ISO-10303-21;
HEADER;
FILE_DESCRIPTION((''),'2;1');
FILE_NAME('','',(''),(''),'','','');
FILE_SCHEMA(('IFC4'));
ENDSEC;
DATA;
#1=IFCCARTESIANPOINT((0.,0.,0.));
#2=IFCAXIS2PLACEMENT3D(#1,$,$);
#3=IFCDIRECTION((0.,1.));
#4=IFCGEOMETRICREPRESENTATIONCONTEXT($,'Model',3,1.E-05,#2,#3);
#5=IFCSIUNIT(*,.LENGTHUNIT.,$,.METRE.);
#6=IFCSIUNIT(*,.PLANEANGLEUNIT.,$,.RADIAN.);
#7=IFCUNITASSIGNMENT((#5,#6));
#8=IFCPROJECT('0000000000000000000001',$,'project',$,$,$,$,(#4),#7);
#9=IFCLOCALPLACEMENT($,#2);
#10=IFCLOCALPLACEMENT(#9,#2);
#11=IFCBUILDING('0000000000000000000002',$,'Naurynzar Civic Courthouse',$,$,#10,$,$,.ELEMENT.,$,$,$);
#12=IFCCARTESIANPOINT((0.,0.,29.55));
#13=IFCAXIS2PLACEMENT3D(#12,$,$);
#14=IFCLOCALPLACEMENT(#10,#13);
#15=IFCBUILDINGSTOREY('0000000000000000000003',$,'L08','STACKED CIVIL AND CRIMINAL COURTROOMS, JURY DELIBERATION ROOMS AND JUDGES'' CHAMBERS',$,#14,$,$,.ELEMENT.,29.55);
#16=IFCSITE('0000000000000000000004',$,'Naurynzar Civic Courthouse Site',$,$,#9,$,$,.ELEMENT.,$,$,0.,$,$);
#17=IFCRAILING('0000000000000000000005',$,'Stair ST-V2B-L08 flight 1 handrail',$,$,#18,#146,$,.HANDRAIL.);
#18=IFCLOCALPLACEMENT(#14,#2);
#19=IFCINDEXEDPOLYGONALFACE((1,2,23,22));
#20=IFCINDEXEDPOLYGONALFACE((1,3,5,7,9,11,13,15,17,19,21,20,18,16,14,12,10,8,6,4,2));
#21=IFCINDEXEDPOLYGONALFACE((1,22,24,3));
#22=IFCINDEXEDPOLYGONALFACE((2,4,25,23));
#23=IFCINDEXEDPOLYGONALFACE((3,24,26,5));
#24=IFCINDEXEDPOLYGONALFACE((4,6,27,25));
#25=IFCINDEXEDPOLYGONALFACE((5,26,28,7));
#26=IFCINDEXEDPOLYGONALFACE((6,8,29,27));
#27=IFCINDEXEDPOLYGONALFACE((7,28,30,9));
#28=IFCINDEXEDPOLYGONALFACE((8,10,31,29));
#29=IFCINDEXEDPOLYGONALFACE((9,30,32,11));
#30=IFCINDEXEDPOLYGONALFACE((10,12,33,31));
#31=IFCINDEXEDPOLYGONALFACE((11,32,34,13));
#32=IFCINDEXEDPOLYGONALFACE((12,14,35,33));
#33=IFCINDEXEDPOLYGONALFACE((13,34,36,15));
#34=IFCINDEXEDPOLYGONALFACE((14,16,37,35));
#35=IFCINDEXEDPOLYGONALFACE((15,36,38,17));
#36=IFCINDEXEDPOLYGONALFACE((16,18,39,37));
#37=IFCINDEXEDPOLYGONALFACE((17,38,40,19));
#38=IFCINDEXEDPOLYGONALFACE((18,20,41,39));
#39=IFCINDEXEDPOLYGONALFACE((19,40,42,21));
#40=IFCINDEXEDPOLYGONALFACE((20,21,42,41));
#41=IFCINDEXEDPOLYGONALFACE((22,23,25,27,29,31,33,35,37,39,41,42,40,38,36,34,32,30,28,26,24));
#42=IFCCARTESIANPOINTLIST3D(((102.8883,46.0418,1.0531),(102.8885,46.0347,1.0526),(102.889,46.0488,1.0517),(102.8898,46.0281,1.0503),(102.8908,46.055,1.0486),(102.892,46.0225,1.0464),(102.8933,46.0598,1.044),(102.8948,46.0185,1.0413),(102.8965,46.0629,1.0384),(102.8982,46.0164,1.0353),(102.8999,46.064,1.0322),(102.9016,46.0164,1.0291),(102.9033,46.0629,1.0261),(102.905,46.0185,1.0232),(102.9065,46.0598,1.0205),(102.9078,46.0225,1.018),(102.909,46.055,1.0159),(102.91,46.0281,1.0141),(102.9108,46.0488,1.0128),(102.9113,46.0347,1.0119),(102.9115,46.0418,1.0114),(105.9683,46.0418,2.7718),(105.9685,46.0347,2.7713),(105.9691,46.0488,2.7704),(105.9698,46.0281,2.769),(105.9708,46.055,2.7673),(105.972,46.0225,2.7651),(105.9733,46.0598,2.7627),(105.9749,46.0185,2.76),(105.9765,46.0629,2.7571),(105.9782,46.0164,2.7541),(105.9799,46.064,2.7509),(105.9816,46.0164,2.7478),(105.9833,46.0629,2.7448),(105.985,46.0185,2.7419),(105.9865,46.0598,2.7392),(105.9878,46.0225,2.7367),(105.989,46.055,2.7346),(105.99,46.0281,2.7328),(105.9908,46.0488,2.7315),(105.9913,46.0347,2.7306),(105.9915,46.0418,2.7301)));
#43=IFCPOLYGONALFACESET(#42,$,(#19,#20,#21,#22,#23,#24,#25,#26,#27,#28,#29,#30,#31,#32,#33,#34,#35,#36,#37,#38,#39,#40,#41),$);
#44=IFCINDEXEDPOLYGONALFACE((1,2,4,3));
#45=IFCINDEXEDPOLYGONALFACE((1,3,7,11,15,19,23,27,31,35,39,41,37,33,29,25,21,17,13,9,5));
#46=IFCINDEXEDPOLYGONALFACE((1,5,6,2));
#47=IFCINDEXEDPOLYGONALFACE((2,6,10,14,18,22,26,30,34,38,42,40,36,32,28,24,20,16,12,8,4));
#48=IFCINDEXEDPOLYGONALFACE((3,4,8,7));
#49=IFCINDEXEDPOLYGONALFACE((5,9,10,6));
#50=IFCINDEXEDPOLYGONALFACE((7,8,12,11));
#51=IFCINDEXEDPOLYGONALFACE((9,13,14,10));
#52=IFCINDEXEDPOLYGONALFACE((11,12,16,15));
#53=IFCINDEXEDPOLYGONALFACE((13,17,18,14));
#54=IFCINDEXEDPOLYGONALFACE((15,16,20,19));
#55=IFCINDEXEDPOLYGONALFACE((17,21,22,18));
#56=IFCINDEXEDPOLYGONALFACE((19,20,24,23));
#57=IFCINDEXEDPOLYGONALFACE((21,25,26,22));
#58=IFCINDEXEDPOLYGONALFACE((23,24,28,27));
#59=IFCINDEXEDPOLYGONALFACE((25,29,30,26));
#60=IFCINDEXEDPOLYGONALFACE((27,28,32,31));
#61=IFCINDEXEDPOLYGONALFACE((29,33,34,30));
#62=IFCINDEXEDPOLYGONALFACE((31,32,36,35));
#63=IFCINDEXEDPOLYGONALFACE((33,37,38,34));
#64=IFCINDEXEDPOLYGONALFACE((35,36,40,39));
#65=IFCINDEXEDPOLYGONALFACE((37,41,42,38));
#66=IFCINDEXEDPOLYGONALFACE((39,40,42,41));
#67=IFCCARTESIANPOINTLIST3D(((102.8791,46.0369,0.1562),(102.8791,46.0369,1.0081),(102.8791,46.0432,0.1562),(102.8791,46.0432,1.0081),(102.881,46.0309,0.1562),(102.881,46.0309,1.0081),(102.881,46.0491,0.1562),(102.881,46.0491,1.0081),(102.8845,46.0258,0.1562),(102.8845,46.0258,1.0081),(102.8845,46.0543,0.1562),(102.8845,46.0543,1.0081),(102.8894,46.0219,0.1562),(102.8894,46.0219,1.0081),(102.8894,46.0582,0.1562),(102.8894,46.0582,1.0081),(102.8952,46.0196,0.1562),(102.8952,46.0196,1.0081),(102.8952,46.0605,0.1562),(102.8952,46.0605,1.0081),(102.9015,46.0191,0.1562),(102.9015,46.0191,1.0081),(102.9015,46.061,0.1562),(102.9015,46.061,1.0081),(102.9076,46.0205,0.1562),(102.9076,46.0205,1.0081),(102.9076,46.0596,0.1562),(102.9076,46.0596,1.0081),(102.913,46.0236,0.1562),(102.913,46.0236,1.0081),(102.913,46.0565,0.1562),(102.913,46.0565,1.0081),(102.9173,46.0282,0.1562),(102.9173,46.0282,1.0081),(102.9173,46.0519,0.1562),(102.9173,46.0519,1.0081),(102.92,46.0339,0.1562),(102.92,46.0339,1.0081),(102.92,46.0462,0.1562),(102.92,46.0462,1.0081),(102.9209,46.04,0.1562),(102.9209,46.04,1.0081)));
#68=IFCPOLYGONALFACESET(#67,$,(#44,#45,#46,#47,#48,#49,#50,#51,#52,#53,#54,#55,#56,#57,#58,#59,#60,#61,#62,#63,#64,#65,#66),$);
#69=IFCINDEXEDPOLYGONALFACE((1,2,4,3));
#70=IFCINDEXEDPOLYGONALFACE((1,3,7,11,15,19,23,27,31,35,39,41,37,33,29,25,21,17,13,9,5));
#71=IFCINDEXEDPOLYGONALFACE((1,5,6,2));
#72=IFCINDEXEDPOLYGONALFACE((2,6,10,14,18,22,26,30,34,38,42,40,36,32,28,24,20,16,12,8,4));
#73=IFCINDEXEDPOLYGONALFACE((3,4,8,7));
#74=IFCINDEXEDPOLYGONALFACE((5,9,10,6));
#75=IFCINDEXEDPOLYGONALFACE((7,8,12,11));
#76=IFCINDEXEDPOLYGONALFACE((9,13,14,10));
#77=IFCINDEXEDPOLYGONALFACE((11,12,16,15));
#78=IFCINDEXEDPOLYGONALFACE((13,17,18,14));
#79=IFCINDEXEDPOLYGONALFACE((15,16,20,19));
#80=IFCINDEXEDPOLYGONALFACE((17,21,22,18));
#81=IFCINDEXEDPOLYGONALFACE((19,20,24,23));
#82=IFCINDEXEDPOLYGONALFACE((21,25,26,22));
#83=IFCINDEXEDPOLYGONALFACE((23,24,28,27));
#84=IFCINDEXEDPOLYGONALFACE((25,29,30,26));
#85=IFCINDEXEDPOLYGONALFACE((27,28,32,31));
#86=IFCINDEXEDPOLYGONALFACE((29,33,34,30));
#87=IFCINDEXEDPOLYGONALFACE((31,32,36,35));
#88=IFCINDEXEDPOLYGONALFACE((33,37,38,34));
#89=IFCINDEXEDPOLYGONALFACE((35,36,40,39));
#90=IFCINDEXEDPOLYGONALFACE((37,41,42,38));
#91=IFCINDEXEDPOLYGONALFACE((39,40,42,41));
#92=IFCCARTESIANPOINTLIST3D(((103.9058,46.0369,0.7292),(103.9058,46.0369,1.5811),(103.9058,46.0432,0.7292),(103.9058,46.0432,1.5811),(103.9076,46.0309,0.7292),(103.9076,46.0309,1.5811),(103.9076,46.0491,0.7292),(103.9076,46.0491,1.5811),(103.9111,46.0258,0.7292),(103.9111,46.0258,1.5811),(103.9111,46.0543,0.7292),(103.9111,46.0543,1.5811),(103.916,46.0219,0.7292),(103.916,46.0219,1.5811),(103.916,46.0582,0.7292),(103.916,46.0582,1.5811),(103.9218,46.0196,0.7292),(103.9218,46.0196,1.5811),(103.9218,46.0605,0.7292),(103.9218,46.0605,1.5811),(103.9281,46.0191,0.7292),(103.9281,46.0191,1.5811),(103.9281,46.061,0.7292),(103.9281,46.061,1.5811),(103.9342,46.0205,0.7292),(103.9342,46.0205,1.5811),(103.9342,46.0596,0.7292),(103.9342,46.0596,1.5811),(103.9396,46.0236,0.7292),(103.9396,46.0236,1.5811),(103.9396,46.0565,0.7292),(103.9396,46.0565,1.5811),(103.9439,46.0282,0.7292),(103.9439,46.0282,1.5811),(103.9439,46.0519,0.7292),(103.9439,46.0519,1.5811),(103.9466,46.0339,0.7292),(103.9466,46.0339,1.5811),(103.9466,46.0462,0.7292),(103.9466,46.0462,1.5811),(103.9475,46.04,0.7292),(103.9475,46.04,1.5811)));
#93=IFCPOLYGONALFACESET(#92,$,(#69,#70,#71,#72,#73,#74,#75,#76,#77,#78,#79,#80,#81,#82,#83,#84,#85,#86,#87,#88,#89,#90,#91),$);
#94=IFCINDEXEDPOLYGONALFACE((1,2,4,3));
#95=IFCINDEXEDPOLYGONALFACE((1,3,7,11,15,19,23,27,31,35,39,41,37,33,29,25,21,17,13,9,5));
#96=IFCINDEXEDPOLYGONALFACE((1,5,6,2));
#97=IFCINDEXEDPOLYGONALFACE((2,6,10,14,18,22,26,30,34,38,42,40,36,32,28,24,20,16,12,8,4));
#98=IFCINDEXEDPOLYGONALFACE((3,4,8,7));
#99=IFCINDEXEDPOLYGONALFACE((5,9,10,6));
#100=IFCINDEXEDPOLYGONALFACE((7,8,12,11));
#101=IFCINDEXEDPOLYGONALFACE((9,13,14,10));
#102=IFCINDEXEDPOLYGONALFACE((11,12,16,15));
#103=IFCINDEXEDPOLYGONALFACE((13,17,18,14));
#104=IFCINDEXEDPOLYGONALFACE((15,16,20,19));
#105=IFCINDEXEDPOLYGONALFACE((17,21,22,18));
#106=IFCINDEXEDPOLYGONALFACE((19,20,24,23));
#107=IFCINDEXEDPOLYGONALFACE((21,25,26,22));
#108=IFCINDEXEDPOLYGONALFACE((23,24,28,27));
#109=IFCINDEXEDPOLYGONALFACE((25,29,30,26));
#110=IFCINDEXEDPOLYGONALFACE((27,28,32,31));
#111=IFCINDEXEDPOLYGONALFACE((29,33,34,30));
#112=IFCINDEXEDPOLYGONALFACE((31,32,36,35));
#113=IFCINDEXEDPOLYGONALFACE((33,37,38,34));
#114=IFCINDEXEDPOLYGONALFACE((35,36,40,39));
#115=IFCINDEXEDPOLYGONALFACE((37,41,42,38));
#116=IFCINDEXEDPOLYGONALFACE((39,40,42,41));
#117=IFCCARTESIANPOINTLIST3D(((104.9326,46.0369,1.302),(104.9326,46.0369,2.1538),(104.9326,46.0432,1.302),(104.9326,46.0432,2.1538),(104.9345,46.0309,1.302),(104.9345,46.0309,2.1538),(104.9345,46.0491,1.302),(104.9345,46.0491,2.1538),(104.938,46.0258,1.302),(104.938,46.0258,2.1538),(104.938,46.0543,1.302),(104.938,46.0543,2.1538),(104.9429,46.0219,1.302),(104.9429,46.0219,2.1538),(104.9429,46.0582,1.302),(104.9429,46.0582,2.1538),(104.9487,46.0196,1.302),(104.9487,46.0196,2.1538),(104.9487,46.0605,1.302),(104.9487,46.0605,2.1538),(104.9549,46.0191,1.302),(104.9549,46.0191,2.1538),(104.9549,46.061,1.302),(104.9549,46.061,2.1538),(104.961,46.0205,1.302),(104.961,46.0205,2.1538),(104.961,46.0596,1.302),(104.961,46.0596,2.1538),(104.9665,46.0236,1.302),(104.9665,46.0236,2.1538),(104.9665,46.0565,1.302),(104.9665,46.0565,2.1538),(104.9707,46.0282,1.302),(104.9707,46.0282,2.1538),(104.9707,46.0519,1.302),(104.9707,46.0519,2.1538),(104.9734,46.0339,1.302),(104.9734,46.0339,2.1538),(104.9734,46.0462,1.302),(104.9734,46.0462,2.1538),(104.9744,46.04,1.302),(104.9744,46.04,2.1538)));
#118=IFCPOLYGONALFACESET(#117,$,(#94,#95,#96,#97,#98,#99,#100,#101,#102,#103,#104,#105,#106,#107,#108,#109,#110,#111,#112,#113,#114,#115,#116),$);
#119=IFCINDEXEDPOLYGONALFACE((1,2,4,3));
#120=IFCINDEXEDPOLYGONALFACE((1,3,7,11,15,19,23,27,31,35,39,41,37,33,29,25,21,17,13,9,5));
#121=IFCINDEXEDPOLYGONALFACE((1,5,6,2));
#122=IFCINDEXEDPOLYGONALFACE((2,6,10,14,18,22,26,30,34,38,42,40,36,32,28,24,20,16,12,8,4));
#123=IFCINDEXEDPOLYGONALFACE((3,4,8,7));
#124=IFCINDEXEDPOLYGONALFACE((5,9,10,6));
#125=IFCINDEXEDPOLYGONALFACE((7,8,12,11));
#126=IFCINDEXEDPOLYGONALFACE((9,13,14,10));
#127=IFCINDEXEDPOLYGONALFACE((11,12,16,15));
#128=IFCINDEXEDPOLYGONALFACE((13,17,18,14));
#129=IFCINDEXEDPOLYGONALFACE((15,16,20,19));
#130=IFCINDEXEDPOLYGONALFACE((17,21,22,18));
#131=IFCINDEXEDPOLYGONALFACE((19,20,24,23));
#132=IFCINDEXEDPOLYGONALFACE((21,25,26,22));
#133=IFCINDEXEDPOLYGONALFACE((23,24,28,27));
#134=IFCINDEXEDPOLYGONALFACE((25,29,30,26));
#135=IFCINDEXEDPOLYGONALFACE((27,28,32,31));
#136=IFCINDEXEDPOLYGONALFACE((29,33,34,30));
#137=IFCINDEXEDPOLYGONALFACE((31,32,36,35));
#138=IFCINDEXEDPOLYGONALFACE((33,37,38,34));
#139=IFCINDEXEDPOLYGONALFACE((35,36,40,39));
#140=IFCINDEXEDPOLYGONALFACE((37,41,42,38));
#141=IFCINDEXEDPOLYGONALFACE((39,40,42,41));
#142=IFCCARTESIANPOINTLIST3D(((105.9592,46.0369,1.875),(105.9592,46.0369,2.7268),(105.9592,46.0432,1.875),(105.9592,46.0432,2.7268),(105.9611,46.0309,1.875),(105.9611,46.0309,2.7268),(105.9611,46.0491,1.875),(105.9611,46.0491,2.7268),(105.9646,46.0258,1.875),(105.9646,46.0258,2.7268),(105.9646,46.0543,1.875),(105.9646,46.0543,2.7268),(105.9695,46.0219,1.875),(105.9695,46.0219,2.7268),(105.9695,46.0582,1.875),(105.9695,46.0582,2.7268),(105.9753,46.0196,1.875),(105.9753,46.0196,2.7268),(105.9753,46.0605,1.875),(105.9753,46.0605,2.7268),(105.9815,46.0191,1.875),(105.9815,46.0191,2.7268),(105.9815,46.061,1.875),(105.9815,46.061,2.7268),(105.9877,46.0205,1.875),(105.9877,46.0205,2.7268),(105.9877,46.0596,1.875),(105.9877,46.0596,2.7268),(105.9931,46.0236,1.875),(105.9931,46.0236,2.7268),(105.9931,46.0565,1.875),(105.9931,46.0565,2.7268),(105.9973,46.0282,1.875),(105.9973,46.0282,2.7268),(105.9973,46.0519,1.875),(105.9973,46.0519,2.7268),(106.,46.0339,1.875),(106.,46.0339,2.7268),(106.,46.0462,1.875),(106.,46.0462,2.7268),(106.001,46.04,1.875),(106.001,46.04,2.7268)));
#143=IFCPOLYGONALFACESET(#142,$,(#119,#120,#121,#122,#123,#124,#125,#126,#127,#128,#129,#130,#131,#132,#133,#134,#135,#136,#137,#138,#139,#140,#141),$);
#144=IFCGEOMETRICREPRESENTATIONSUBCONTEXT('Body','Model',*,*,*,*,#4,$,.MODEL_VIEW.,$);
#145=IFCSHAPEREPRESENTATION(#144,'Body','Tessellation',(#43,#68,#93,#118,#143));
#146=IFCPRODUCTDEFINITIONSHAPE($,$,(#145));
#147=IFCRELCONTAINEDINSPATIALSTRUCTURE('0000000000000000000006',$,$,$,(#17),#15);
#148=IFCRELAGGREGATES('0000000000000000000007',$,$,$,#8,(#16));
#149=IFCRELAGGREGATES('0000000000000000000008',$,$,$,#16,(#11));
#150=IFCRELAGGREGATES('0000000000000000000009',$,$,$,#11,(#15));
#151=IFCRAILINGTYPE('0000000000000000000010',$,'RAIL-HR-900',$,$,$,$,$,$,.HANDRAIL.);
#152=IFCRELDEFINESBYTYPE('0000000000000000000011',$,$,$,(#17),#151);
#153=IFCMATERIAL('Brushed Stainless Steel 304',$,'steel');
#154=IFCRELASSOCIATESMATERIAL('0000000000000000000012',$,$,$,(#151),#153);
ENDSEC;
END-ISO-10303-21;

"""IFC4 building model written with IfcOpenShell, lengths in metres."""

from ifc_helpers import new_model, si_unit, direction, frame, origin, origin_2d, place, context, subcontext, project, spatial, circle, extrude, material, type_object, element, save


model = new_model("IFC4")

# Units and contexts
model_context = context("Model", 3, precision=1e-05, world=origin(), true_north=direction((0.0, 1.0)))
body_context = subcontext(model_context, "Body", "Model", "MODEL_VIEW")
ifc_project = project(units=[si_unit("LENGTHUNIT", "METRE"), si_unit("PLANEANGLEUNIT", "RADIAN")], contexts=[model_context])

# Site, building, storey
site_placement = place(None, origin())
site = spatial("IfcSite", under=ifc_project, at=site_placement, Name="Naurynzar Civic Courthouse Site", CompositionType="ELEMENT", RefElevation=0.0)
building_placement = place(site_placement, origin())
building = spatial("IfcBuilding", under=site, at=building_placement, Name="Naurynzar Civic Courthouse", CompositionType="ELEMENT")
storey_placement = place(building_placement, frame((0.0, 0.0, 29.55)))
storey = spatial("IfcBuildingStorey", under=building, at=storey_placement, Name="L08", Description="STACKED CIVIL AND CRIMINAL COURTROOMS, JURY DELIBERATION ROOMS AND JUDGES' CHAMBERS", CompositionType="ELEMENT", Elevation=29.55)

# Railing
ifc_material_1 = material(Name="Brushed Stainless Steel 304", Category="steel")
railing_type_1 = type_object("IfcRailingType", Name="RAIL-HR-900", PredefinedType="HANDRAIL", material=ifc_material_1)
railing_1_placement = place(storey_placement, frame((102.8999, 46.04, 0.1562)))
element("IfcRailing", 1, at=railing_1_placement, inside=storey, type_object=railing_type_1, Name="Stair ST-V2B-L08 flight 1 handrail", PredefinedType="HANDRAIL", context=body_context, shape_type="SweptSolid", body=[
    extrude(circle(Radius=0.0239, at=origin_2d()), frame((0.0, 0.0, 0.876), z_axis=(0.873242, 0.0, 0.487288), x_axis=(0.0, 1.0, 0.0)), (0.0, 0.0, 1.0), 3.5271),
    extrude(circle(Radius=0.021, at=origin_2d()), origin(), (0.0, 0.0, 1.0), 0.8518),
    extrude(circle(Radius=0.021, at=origin_2d()), frame((1.0266, 0.0, 0.573)), (0.0, 0.0, 1.0), 0.8518),
    extrude(circle(Radius=0.021, at=origin_2d()), frame((2.0535, 0.0, 1.1458)), (0.0, 0.0, 1.0), 0.8518),
    extrude(circle(Radius=0.021, at=origin_2d()), frame((3.0801, 0.0, 1.7188)), (0.0, 0.0, 1.0), 0.8518),
])

save(model, "model.ifc")
